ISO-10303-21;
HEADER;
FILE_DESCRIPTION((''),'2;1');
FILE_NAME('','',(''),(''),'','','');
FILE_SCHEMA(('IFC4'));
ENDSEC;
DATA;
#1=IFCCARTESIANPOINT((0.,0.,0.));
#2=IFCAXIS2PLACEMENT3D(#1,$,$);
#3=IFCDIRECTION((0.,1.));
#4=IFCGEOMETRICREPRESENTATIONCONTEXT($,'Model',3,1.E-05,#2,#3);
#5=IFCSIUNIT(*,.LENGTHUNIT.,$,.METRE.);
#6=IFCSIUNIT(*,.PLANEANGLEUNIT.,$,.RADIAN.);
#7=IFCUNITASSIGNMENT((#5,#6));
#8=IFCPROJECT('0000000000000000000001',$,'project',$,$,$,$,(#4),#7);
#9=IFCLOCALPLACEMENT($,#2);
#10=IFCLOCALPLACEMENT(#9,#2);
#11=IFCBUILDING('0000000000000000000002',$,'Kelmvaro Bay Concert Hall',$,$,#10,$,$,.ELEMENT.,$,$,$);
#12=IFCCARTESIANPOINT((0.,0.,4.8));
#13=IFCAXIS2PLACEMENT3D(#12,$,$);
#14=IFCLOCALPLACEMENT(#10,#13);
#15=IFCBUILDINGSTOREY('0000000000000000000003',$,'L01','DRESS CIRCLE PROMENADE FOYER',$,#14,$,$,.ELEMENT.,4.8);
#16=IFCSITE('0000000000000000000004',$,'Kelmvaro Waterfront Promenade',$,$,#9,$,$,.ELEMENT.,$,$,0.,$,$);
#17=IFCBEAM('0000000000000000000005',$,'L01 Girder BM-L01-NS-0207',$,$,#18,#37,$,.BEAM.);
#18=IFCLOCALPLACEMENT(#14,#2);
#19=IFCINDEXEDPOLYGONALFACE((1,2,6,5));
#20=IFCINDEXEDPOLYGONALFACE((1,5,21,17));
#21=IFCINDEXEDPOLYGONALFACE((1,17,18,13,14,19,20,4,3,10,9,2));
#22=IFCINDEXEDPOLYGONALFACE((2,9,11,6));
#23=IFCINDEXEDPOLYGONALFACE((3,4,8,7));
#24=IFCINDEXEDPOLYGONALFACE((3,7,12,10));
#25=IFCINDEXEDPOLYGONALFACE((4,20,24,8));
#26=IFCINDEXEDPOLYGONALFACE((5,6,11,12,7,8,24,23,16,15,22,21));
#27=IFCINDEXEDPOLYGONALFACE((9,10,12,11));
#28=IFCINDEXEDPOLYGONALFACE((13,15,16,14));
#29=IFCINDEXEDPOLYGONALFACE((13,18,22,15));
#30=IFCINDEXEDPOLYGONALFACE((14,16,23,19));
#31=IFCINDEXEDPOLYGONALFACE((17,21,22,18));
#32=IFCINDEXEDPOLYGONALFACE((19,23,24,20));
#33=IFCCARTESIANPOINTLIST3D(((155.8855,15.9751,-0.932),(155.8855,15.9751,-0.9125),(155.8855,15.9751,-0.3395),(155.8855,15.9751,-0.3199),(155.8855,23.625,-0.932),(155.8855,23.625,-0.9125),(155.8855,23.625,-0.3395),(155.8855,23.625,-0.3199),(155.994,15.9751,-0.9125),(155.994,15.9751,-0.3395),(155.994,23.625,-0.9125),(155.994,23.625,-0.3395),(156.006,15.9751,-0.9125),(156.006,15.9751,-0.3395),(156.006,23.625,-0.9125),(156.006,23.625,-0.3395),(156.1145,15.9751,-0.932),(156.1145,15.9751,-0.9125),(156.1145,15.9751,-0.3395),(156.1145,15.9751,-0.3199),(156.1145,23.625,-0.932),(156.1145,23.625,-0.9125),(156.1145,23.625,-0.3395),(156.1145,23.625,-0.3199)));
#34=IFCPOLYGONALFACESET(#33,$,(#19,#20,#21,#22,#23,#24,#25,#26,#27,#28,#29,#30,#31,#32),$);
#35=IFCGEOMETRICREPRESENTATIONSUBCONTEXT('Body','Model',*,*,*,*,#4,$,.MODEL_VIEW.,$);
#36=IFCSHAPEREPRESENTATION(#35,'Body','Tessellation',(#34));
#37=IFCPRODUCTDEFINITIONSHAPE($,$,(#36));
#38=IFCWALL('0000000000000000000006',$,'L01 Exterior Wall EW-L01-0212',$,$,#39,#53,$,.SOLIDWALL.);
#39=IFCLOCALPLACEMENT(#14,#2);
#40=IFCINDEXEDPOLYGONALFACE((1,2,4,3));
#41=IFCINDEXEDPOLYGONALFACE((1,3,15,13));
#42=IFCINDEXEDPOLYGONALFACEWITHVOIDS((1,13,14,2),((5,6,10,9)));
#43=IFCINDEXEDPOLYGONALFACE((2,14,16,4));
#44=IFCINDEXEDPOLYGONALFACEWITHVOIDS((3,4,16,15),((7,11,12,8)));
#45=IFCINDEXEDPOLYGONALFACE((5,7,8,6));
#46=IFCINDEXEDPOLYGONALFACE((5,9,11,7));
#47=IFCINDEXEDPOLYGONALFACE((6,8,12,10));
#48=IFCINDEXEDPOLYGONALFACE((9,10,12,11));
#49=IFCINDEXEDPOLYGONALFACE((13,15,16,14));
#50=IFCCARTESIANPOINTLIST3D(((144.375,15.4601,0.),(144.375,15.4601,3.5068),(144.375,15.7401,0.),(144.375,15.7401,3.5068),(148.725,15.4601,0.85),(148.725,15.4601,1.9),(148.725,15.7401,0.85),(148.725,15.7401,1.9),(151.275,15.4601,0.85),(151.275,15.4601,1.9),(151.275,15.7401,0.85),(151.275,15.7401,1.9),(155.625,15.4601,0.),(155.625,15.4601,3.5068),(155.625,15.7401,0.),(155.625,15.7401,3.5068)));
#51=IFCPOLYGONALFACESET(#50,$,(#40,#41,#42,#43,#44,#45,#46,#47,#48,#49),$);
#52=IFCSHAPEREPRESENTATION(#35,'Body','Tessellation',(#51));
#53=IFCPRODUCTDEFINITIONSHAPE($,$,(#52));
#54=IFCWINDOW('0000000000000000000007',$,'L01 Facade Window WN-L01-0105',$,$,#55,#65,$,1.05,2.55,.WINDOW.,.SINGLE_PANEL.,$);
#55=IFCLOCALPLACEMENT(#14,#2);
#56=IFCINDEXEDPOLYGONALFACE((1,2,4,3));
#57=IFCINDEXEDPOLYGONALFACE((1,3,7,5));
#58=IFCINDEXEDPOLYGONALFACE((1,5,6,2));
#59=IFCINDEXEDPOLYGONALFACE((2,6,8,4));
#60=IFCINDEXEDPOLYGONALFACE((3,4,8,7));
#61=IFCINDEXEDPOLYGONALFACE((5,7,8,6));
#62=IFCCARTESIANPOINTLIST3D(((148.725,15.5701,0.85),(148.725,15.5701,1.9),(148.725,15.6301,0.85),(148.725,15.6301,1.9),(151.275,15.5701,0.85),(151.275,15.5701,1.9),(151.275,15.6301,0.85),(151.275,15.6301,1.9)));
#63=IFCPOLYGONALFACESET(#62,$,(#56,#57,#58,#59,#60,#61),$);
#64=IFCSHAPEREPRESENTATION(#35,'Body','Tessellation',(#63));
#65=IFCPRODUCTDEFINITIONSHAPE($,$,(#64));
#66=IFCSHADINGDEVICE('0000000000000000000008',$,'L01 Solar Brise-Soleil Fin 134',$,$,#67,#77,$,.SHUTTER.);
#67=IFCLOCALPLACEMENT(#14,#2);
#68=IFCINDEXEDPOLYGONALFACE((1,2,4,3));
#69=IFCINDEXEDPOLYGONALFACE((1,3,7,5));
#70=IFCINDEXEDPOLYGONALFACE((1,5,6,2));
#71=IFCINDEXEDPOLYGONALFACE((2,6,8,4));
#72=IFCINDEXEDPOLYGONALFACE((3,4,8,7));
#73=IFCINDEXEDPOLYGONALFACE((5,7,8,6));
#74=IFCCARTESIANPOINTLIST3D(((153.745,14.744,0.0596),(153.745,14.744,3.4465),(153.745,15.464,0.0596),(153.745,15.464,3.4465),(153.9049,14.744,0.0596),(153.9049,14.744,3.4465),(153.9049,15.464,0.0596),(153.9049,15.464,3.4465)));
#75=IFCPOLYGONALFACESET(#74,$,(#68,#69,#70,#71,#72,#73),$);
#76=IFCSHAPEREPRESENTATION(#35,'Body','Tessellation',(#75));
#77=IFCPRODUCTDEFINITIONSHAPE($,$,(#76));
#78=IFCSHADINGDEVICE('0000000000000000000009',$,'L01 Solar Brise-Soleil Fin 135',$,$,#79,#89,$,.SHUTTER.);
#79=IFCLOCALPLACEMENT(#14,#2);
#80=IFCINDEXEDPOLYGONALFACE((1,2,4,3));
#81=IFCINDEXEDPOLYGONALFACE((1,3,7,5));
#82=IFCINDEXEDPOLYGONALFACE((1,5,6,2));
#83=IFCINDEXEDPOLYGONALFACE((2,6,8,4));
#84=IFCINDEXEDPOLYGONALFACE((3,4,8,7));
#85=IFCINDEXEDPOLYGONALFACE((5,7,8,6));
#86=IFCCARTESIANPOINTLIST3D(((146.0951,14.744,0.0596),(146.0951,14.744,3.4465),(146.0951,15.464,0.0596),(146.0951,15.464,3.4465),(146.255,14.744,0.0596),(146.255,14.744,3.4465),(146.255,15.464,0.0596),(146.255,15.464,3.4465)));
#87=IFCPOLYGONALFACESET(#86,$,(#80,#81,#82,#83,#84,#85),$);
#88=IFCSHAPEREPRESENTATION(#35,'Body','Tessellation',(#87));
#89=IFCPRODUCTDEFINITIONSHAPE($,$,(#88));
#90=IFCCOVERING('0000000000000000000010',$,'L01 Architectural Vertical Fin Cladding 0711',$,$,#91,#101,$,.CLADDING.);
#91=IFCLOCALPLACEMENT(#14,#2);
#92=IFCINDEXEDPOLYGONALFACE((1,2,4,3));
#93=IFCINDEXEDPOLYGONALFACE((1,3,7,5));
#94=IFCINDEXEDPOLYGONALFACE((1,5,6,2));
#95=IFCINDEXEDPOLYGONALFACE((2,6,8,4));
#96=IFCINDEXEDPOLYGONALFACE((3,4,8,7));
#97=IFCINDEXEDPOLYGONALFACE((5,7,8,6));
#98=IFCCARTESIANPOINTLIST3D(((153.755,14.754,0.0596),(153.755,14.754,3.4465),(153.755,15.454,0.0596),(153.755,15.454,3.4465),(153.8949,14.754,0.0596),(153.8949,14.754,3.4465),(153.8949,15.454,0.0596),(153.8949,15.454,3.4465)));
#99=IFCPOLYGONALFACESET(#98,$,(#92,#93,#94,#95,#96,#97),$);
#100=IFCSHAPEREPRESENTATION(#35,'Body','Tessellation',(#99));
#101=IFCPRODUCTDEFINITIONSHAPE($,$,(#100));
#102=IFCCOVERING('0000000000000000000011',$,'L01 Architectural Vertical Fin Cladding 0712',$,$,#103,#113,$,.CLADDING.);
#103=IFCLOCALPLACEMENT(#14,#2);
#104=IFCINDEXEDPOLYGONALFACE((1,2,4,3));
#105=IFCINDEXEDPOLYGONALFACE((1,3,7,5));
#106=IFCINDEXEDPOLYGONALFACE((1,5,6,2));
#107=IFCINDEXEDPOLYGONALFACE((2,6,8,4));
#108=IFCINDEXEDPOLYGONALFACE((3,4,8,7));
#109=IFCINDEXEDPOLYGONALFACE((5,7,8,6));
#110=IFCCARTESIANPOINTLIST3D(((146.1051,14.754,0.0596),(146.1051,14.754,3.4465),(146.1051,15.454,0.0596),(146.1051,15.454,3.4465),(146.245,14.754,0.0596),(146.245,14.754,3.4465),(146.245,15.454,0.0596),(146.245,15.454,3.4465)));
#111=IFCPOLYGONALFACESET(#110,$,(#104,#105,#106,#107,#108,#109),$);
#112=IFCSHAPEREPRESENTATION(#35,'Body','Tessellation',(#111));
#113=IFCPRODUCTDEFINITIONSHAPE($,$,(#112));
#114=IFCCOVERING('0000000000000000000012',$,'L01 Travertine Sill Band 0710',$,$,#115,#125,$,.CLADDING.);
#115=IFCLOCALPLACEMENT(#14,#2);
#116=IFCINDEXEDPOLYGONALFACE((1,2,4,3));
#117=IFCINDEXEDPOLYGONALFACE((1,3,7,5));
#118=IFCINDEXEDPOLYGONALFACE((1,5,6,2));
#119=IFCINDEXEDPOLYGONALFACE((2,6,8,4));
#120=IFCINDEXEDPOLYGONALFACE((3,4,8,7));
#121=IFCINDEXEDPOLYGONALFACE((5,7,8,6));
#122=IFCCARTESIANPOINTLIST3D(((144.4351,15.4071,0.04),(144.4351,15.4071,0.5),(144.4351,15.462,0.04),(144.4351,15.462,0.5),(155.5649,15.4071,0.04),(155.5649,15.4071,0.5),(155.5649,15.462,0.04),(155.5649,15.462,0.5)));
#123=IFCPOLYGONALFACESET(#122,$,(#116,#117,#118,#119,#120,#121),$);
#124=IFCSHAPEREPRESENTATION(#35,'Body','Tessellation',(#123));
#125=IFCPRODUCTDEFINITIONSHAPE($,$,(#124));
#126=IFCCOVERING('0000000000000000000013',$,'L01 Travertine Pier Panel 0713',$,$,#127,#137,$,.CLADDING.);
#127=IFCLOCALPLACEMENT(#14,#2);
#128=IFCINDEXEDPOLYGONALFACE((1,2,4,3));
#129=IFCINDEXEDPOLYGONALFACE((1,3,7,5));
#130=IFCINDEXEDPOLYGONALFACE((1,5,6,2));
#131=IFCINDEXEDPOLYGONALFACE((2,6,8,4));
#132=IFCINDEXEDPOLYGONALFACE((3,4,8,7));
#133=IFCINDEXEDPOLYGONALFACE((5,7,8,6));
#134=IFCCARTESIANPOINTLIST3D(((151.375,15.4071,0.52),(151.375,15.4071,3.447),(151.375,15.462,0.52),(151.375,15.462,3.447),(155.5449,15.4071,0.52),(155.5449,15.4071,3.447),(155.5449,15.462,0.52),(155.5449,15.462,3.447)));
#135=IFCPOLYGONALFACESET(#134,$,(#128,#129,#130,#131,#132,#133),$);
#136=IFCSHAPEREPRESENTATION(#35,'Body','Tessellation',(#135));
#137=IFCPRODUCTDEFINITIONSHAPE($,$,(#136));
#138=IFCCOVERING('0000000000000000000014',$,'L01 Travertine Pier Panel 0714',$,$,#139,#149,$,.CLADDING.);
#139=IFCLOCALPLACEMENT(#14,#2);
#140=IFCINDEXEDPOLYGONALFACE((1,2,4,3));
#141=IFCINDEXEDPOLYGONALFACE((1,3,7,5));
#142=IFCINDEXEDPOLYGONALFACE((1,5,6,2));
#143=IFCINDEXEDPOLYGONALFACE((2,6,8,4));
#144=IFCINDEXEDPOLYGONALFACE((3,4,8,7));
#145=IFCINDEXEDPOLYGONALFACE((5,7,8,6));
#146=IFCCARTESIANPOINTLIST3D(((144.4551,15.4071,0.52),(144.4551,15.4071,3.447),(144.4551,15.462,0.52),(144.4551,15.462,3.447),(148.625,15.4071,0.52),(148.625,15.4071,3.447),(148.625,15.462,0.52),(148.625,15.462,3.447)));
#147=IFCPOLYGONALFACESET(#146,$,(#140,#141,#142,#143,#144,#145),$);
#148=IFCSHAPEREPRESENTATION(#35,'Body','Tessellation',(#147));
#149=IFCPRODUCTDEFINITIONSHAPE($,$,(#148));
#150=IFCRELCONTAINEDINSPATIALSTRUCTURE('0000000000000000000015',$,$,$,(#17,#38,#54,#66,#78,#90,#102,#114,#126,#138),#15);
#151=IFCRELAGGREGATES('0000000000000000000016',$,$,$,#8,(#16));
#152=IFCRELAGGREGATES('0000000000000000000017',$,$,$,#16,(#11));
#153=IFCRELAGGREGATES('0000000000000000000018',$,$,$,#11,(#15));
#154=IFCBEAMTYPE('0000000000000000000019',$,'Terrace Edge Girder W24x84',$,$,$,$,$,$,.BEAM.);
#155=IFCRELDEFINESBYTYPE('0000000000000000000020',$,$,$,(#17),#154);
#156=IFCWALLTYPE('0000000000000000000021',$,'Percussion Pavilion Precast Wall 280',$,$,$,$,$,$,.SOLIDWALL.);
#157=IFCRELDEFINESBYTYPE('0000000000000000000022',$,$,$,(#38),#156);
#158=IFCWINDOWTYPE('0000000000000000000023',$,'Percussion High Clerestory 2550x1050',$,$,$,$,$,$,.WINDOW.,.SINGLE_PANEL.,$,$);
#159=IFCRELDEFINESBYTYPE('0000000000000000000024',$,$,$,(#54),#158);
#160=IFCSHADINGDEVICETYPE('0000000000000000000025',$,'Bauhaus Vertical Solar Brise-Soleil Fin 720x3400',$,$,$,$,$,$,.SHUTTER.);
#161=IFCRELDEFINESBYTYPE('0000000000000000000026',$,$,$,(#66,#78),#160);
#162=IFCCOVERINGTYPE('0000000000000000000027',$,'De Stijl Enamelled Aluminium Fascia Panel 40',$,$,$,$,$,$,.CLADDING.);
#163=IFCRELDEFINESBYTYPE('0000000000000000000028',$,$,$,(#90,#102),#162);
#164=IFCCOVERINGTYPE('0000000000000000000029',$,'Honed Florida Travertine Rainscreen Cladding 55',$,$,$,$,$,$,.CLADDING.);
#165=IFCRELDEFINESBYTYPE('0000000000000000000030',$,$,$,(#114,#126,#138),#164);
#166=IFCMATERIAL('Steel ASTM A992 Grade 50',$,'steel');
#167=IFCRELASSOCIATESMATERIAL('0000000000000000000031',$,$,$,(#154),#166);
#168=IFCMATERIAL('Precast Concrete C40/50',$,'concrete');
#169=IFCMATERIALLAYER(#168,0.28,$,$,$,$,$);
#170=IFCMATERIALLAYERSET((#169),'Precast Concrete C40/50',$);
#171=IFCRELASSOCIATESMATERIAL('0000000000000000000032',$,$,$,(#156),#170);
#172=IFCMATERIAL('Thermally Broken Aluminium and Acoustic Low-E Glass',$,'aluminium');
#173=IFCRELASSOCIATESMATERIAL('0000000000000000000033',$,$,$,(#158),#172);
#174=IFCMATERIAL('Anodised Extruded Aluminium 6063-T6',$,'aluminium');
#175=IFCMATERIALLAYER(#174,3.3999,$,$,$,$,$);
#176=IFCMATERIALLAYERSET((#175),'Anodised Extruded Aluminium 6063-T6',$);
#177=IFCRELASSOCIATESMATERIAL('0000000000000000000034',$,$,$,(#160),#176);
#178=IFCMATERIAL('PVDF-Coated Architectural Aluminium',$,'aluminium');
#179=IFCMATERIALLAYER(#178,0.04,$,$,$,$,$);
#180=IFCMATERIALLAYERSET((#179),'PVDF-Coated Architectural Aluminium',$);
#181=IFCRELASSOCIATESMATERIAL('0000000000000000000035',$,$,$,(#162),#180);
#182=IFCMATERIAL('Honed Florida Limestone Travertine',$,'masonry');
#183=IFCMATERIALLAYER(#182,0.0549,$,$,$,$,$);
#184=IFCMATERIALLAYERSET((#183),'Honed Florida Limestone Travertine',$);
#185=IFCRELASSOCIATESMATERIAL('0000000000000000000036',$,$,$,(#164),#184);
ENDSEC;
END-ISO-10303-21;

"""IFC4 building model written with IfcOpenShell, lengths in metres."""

from ifc_helpers import new_model, si_unit, direction, frame, frame_2d, origin, origin_2d, place, context, subcontext, project, spatial, rectangle, i_section, extrude, material, layer, layer_set, material_profile, profile_set, type_object, element, fill, save


model = new_model("IFC4")

# Units and contexts
model_context = context("Model", 3, precision=1e-05, world=origin(), true_north=direction((0.0, 1.0)))
body_context = subcontext(model_context, "Body", "Model", "MODEL_VIEW")
ifc_project = project(units=[si_unit("LENGTHUNIT", "METRE"), si_unit("PLANEANGLEUNIT", "RADIAN")], contexts=[model_context])

# Site, building, storey
site_placement = place(None, origin())
site = spatial("IfcSite", under=ifc_project, at=site_placement, Name="Kelmvaro Waterfront Promenade", CompositionType="ELEMENT", RefElevation=0.0)
building_placement = place(site_placement, origin())
building = spatial("IfcBuilding", under=site, at=building_placement, Name="Kelmvaro Bay Concert Hall", CompositionType="ELEMENT")
storey_placement = place(building_placement, frame((0.0, 0.0, 4.8)))
storey = spatial("IfcBuildingStorey", under=building, at=storey_placement, Name="L01", Description="DRESS CIRCLE PROMENADE FOYER", CompositionType="ELEMENT", Elevation=4.8)

# Beam
ifc_material_1 = material(Name="Steel ASTM A992 Grade 50", Category="steel")
ifc_material_profile_1 = material_profile(ifc_material_1, i_section(OverallWidth=0.229, OverallDepth=0.6121, WebThickness=0.012, FlangeThickness=0.0195, at=origin_2d()), Name="W24X84")
ifc_profile_set_1 = profile_set([ifc_material_profile_1], Name="Steel ASTM A992 Grade 50")
beam_type_1 = type_object("IfcBeamType", Name="Terrace Edge Girder W24x84", PredefinedType="BEAM", material=ifc_profile_set_1)
beam_1_placement = place(storey_placement, frame((156.0, 15.9751, -0.626), z_axis=(0.0, 1.0, 0.0), x_axis=(-1.0, 0.0, 0.0)))
element("IfcBeam", 1, at=beam_1_placement, inside=storey, type_object=beam_type_1, Name="L01 Girder BM-L01-NS-0207", PredefinedType="BEAM", context=body_context, shape_type="SweptSolid", body=[
    extrude(i_section(OverallWidth=0.229, OverallDepth=0.6121, WebThickness=0.012, FlangeThickness=0.0195, at=origin_2d()), origin(), (0.0, 0.0, 1.0), 7.6499),
])

# Wall, opening, window
ifc_material_2 = material(Name="Precast Concrete C40/50", Category="concrete")
ifc_layer_1 = layer(ifc_material_2, 0.28)
ifc_layer_set_1 = layer_set([ifc_layer_1], Name="Precast Concrete C40/50")
wall_type_1 = type_object("IfcWallType", Name="Percussion Pavilion Precast Wall 280", PredefinedType="SOLIDWALL", material=ifc_layer_set_1)
wall_1_placement = place(storey_placement, frame((155.625, 15.6001, 0.0), z_axis=(0.0, 0.0, 1.0), x_axis=(-1.0, 0.0, 0.0)))
wall_1 = element("IfcWall", 2, at=wall_1_placement, inside=storey, type_object=wall_type_1, Name="L01 Exterior Wall EW-L01-0212", PredefinedType="SOLIDWALL", context=body_context, shape_type="SweptSolid", body=[
    extrude(rectangle(XDim=11.25, YDim=0.28, at=frame_2d((5.625, 0.0))), origin(), (0.0, 0.0, 1.0), 3.5068),
])
opening_1_placement = place(wall_1_placement, frame((4.3501, 0.0, 0.8501)))
opening_1 = element("IfcOpeningElement", 3, at=opening_1_placement, cuts=wall_1, PredefinedType="OPENING", context=body_context, shape_type="SweptSolid", body=[
    extrude(rectangle(XDim=2.55, YDim=1.05, at=frame_2d((1.2749, 0.5249))), frame((0.0, 0.1499, 0.0), z_axis=(0.0, -1.0, 0.0), x_axis=(1.0, 0.0, 0.0)), (0.0, 0.0, 1.0), 0.3),
])
ifc_material_3 = material(Name="Thermally Broken Aluminium and Acoustic Low-E Glass", Category="aluminium")
window_type = type_object("IfcWindowType", Name="Percussion High Clerestory 2550x1050", PartitioningType="SINGLE_PANEL", PredefinedType="WINDOW", material=ifc_material_3)
window_placement = place(opening_1_placement, origin())
window = element("IfcWindow", 4, at=window_placement, inside=storey, type_object=window_type, Name="L01 Facade Window WN-L01-0105", OverallHeight=1.05, OverallWidth=2.55, PartitioningType="SINGLE_PANEL", PredefinedType="WINDOW", context=body_context, shape_type="SweptSolid", body=[
    extrude(rectangle(XDim=2.55, YDim=1.05, at=frame_2d((1.2749, 0.5249))), frame((0.0, 0.03, 0.0), z_axis=(0.0, -1.0, 0.0), x_axis=(1.0, 0.0, 0.0)), (0.0, 0.0, 1.0), 0.0601),
])
fill(opening_1, window)

# Shading devices
ifc_material_4 = material(Name="Anodised Extruded Aluminium 6063-T6", Category="aluminium")
ifc_layer_2 = layer(ifc_material_4, 3.3999)
ifc_layer_set_2 = layer_set([ifc_layer_2], Name="Anodised Extruded Aluminium 6063-T6")
shading_device_type = type_object("IfcShadingDeviceType", Name="Bauhaus Vertical Solar Brise-Soleil Fin 720x3400", PredefinedType="SHUTTER", material=ifc_layer_set_2)
for number, where, z_axis, x_axis, name in (
    (5, (153.825, 15.104, 0.0596), (0.0, 0.0, 1.0), (-1.0, 0.0, 0.0), "L01 Solar Brise-Soleil Fin 134"),
    (6, (146.175, 15.104, 0.0596), (0.0, 0.0, 1.0), (-1.0, 0.0, 0.0), "L01 Solar Brise-Soleil Fin 135"),
):
    element("IfcShadingDevice", number, at=place(storey_placement, frame(where, z_axis=z_axis, x_axis=x_axis)), inside=storey, type_object=shading_device_type, Name=name, PredefinedType="SHUTTER", context=body_context, shape_type="SweptSolid", body=[
        extrude(rectangle(XDim=0.1599, YDim=0.72, at=origin_2d()), origin(), (0.0, 0.0, 1.0), 3.387),
    ])

# Coverings
ifc_material_5 = material(Name="PVDF-Coated Architectural Aluminium", Category="aluminium")
ifc_layer_3 = layer(ifc_material_5, 0.04)
ifc_layer_set_3 = layer_set([ifc_layer_3], Name="PVDF-Coated Architectural Aluminium")
covering_type_1 = type_object("IfcCoveringType", Name="De Stijl Enamelled Aluminium Fascia Panel 40", PredefinedType="CLADDING", material=ifc_layer_set_3)
for number, where, z_axis, x_axis, name in (
    (7, (153.825, 15.104, 0.0596), (0.0, 0.0, 1.0), (-1.0, 0.0, 0.0), "L01 Architectural Vertical Fin Cladding 0711"),
    (8, (146.175, 15.104, 0.0596), (0.0, 0.0, 1.0), (-1.0, 0.0, 0.0), "L01 Architectural Vertical Fin Cladding 0712"),
):
    element("IfcCovering", number, at=place(storey_placement, frame(where, z_axis=z_axis, x_axis=x_axis)), inside=storey, type_object=covering_type_1, Name=name, PredefinedType="CLADDING", context=body_context, shape_type="SweptSolid", body=[
        extrude(rectangle(XDim=0.1399, YDim=0.7, at=origin_2d()), origin(), (0.0, 0.0, 1.0), 3.387),
    ])
ifc_material_6 = material(Name="Honed Florida Limestone Travertine", Category="masonry")
ifc_layer_4 = layer(ifc_material_6, 0.0549)
ifc_layer_set_4 = layer_set([ifc_layer_4], Name="Honed Florida Limestone Travertine")
covering_type_2 = type_object("IfcCoveringType", Name="Honed Florida Travertine Rainscreen Cladding 55", PredefinedType="CLADDING", material=ifc_layer_set_4)
covering_placement = place(storey_placement, frame((150.0, 15.4346, 0.04), z_axis=(0.0, 0.0, 1.0), x_axis=(-1.0, 0.0, 0.0)))
element("IfcCovering", 9, at=covering_placement, inside=storey, type_object=covering_type_2, Name="L01 Travertine Sill Band 0710", PredefinedType="CLADDING", context=body_context, shape_type="SweptSolid", body=[
    extrude(rectangle(XDim=11.1299, YDim=0.0549, at=origin_2d()), origin(), (0.0, 0.0, 1.0), 0.46),
])
for number, where, z_axis, x_axis, name in (
    (10, (153.46, 15.4346, 0.52), (0.0, 0.0, 1.0), (-1.0, 0.0, 0.0), "L01 Travertine Pier Panel 0713"),
    (11, (146.54, 15.4346, 0.52), (0.0, 0.0, 1.0), (-1.0, 0.0, 0.0), "L01 Travertine Pier Panel 0714"),
):
    element("IfcCovering", number, at=place(storey_placement, frame(where, z_axis=z_axis, x_axis=x_axis)), inside=storey, type_object=covering_type_2, Name=name, PredefinedType="CLADDING", context=body_context, shape_type="SweptSolid", body=[
        extrude(rectangle(XDim=4.1699, YDim=0.0549, at=origin_2d()), origin(), (0.0, 0.0, 1.0), 2.927),
    ])

save(model, "model.ifc")
